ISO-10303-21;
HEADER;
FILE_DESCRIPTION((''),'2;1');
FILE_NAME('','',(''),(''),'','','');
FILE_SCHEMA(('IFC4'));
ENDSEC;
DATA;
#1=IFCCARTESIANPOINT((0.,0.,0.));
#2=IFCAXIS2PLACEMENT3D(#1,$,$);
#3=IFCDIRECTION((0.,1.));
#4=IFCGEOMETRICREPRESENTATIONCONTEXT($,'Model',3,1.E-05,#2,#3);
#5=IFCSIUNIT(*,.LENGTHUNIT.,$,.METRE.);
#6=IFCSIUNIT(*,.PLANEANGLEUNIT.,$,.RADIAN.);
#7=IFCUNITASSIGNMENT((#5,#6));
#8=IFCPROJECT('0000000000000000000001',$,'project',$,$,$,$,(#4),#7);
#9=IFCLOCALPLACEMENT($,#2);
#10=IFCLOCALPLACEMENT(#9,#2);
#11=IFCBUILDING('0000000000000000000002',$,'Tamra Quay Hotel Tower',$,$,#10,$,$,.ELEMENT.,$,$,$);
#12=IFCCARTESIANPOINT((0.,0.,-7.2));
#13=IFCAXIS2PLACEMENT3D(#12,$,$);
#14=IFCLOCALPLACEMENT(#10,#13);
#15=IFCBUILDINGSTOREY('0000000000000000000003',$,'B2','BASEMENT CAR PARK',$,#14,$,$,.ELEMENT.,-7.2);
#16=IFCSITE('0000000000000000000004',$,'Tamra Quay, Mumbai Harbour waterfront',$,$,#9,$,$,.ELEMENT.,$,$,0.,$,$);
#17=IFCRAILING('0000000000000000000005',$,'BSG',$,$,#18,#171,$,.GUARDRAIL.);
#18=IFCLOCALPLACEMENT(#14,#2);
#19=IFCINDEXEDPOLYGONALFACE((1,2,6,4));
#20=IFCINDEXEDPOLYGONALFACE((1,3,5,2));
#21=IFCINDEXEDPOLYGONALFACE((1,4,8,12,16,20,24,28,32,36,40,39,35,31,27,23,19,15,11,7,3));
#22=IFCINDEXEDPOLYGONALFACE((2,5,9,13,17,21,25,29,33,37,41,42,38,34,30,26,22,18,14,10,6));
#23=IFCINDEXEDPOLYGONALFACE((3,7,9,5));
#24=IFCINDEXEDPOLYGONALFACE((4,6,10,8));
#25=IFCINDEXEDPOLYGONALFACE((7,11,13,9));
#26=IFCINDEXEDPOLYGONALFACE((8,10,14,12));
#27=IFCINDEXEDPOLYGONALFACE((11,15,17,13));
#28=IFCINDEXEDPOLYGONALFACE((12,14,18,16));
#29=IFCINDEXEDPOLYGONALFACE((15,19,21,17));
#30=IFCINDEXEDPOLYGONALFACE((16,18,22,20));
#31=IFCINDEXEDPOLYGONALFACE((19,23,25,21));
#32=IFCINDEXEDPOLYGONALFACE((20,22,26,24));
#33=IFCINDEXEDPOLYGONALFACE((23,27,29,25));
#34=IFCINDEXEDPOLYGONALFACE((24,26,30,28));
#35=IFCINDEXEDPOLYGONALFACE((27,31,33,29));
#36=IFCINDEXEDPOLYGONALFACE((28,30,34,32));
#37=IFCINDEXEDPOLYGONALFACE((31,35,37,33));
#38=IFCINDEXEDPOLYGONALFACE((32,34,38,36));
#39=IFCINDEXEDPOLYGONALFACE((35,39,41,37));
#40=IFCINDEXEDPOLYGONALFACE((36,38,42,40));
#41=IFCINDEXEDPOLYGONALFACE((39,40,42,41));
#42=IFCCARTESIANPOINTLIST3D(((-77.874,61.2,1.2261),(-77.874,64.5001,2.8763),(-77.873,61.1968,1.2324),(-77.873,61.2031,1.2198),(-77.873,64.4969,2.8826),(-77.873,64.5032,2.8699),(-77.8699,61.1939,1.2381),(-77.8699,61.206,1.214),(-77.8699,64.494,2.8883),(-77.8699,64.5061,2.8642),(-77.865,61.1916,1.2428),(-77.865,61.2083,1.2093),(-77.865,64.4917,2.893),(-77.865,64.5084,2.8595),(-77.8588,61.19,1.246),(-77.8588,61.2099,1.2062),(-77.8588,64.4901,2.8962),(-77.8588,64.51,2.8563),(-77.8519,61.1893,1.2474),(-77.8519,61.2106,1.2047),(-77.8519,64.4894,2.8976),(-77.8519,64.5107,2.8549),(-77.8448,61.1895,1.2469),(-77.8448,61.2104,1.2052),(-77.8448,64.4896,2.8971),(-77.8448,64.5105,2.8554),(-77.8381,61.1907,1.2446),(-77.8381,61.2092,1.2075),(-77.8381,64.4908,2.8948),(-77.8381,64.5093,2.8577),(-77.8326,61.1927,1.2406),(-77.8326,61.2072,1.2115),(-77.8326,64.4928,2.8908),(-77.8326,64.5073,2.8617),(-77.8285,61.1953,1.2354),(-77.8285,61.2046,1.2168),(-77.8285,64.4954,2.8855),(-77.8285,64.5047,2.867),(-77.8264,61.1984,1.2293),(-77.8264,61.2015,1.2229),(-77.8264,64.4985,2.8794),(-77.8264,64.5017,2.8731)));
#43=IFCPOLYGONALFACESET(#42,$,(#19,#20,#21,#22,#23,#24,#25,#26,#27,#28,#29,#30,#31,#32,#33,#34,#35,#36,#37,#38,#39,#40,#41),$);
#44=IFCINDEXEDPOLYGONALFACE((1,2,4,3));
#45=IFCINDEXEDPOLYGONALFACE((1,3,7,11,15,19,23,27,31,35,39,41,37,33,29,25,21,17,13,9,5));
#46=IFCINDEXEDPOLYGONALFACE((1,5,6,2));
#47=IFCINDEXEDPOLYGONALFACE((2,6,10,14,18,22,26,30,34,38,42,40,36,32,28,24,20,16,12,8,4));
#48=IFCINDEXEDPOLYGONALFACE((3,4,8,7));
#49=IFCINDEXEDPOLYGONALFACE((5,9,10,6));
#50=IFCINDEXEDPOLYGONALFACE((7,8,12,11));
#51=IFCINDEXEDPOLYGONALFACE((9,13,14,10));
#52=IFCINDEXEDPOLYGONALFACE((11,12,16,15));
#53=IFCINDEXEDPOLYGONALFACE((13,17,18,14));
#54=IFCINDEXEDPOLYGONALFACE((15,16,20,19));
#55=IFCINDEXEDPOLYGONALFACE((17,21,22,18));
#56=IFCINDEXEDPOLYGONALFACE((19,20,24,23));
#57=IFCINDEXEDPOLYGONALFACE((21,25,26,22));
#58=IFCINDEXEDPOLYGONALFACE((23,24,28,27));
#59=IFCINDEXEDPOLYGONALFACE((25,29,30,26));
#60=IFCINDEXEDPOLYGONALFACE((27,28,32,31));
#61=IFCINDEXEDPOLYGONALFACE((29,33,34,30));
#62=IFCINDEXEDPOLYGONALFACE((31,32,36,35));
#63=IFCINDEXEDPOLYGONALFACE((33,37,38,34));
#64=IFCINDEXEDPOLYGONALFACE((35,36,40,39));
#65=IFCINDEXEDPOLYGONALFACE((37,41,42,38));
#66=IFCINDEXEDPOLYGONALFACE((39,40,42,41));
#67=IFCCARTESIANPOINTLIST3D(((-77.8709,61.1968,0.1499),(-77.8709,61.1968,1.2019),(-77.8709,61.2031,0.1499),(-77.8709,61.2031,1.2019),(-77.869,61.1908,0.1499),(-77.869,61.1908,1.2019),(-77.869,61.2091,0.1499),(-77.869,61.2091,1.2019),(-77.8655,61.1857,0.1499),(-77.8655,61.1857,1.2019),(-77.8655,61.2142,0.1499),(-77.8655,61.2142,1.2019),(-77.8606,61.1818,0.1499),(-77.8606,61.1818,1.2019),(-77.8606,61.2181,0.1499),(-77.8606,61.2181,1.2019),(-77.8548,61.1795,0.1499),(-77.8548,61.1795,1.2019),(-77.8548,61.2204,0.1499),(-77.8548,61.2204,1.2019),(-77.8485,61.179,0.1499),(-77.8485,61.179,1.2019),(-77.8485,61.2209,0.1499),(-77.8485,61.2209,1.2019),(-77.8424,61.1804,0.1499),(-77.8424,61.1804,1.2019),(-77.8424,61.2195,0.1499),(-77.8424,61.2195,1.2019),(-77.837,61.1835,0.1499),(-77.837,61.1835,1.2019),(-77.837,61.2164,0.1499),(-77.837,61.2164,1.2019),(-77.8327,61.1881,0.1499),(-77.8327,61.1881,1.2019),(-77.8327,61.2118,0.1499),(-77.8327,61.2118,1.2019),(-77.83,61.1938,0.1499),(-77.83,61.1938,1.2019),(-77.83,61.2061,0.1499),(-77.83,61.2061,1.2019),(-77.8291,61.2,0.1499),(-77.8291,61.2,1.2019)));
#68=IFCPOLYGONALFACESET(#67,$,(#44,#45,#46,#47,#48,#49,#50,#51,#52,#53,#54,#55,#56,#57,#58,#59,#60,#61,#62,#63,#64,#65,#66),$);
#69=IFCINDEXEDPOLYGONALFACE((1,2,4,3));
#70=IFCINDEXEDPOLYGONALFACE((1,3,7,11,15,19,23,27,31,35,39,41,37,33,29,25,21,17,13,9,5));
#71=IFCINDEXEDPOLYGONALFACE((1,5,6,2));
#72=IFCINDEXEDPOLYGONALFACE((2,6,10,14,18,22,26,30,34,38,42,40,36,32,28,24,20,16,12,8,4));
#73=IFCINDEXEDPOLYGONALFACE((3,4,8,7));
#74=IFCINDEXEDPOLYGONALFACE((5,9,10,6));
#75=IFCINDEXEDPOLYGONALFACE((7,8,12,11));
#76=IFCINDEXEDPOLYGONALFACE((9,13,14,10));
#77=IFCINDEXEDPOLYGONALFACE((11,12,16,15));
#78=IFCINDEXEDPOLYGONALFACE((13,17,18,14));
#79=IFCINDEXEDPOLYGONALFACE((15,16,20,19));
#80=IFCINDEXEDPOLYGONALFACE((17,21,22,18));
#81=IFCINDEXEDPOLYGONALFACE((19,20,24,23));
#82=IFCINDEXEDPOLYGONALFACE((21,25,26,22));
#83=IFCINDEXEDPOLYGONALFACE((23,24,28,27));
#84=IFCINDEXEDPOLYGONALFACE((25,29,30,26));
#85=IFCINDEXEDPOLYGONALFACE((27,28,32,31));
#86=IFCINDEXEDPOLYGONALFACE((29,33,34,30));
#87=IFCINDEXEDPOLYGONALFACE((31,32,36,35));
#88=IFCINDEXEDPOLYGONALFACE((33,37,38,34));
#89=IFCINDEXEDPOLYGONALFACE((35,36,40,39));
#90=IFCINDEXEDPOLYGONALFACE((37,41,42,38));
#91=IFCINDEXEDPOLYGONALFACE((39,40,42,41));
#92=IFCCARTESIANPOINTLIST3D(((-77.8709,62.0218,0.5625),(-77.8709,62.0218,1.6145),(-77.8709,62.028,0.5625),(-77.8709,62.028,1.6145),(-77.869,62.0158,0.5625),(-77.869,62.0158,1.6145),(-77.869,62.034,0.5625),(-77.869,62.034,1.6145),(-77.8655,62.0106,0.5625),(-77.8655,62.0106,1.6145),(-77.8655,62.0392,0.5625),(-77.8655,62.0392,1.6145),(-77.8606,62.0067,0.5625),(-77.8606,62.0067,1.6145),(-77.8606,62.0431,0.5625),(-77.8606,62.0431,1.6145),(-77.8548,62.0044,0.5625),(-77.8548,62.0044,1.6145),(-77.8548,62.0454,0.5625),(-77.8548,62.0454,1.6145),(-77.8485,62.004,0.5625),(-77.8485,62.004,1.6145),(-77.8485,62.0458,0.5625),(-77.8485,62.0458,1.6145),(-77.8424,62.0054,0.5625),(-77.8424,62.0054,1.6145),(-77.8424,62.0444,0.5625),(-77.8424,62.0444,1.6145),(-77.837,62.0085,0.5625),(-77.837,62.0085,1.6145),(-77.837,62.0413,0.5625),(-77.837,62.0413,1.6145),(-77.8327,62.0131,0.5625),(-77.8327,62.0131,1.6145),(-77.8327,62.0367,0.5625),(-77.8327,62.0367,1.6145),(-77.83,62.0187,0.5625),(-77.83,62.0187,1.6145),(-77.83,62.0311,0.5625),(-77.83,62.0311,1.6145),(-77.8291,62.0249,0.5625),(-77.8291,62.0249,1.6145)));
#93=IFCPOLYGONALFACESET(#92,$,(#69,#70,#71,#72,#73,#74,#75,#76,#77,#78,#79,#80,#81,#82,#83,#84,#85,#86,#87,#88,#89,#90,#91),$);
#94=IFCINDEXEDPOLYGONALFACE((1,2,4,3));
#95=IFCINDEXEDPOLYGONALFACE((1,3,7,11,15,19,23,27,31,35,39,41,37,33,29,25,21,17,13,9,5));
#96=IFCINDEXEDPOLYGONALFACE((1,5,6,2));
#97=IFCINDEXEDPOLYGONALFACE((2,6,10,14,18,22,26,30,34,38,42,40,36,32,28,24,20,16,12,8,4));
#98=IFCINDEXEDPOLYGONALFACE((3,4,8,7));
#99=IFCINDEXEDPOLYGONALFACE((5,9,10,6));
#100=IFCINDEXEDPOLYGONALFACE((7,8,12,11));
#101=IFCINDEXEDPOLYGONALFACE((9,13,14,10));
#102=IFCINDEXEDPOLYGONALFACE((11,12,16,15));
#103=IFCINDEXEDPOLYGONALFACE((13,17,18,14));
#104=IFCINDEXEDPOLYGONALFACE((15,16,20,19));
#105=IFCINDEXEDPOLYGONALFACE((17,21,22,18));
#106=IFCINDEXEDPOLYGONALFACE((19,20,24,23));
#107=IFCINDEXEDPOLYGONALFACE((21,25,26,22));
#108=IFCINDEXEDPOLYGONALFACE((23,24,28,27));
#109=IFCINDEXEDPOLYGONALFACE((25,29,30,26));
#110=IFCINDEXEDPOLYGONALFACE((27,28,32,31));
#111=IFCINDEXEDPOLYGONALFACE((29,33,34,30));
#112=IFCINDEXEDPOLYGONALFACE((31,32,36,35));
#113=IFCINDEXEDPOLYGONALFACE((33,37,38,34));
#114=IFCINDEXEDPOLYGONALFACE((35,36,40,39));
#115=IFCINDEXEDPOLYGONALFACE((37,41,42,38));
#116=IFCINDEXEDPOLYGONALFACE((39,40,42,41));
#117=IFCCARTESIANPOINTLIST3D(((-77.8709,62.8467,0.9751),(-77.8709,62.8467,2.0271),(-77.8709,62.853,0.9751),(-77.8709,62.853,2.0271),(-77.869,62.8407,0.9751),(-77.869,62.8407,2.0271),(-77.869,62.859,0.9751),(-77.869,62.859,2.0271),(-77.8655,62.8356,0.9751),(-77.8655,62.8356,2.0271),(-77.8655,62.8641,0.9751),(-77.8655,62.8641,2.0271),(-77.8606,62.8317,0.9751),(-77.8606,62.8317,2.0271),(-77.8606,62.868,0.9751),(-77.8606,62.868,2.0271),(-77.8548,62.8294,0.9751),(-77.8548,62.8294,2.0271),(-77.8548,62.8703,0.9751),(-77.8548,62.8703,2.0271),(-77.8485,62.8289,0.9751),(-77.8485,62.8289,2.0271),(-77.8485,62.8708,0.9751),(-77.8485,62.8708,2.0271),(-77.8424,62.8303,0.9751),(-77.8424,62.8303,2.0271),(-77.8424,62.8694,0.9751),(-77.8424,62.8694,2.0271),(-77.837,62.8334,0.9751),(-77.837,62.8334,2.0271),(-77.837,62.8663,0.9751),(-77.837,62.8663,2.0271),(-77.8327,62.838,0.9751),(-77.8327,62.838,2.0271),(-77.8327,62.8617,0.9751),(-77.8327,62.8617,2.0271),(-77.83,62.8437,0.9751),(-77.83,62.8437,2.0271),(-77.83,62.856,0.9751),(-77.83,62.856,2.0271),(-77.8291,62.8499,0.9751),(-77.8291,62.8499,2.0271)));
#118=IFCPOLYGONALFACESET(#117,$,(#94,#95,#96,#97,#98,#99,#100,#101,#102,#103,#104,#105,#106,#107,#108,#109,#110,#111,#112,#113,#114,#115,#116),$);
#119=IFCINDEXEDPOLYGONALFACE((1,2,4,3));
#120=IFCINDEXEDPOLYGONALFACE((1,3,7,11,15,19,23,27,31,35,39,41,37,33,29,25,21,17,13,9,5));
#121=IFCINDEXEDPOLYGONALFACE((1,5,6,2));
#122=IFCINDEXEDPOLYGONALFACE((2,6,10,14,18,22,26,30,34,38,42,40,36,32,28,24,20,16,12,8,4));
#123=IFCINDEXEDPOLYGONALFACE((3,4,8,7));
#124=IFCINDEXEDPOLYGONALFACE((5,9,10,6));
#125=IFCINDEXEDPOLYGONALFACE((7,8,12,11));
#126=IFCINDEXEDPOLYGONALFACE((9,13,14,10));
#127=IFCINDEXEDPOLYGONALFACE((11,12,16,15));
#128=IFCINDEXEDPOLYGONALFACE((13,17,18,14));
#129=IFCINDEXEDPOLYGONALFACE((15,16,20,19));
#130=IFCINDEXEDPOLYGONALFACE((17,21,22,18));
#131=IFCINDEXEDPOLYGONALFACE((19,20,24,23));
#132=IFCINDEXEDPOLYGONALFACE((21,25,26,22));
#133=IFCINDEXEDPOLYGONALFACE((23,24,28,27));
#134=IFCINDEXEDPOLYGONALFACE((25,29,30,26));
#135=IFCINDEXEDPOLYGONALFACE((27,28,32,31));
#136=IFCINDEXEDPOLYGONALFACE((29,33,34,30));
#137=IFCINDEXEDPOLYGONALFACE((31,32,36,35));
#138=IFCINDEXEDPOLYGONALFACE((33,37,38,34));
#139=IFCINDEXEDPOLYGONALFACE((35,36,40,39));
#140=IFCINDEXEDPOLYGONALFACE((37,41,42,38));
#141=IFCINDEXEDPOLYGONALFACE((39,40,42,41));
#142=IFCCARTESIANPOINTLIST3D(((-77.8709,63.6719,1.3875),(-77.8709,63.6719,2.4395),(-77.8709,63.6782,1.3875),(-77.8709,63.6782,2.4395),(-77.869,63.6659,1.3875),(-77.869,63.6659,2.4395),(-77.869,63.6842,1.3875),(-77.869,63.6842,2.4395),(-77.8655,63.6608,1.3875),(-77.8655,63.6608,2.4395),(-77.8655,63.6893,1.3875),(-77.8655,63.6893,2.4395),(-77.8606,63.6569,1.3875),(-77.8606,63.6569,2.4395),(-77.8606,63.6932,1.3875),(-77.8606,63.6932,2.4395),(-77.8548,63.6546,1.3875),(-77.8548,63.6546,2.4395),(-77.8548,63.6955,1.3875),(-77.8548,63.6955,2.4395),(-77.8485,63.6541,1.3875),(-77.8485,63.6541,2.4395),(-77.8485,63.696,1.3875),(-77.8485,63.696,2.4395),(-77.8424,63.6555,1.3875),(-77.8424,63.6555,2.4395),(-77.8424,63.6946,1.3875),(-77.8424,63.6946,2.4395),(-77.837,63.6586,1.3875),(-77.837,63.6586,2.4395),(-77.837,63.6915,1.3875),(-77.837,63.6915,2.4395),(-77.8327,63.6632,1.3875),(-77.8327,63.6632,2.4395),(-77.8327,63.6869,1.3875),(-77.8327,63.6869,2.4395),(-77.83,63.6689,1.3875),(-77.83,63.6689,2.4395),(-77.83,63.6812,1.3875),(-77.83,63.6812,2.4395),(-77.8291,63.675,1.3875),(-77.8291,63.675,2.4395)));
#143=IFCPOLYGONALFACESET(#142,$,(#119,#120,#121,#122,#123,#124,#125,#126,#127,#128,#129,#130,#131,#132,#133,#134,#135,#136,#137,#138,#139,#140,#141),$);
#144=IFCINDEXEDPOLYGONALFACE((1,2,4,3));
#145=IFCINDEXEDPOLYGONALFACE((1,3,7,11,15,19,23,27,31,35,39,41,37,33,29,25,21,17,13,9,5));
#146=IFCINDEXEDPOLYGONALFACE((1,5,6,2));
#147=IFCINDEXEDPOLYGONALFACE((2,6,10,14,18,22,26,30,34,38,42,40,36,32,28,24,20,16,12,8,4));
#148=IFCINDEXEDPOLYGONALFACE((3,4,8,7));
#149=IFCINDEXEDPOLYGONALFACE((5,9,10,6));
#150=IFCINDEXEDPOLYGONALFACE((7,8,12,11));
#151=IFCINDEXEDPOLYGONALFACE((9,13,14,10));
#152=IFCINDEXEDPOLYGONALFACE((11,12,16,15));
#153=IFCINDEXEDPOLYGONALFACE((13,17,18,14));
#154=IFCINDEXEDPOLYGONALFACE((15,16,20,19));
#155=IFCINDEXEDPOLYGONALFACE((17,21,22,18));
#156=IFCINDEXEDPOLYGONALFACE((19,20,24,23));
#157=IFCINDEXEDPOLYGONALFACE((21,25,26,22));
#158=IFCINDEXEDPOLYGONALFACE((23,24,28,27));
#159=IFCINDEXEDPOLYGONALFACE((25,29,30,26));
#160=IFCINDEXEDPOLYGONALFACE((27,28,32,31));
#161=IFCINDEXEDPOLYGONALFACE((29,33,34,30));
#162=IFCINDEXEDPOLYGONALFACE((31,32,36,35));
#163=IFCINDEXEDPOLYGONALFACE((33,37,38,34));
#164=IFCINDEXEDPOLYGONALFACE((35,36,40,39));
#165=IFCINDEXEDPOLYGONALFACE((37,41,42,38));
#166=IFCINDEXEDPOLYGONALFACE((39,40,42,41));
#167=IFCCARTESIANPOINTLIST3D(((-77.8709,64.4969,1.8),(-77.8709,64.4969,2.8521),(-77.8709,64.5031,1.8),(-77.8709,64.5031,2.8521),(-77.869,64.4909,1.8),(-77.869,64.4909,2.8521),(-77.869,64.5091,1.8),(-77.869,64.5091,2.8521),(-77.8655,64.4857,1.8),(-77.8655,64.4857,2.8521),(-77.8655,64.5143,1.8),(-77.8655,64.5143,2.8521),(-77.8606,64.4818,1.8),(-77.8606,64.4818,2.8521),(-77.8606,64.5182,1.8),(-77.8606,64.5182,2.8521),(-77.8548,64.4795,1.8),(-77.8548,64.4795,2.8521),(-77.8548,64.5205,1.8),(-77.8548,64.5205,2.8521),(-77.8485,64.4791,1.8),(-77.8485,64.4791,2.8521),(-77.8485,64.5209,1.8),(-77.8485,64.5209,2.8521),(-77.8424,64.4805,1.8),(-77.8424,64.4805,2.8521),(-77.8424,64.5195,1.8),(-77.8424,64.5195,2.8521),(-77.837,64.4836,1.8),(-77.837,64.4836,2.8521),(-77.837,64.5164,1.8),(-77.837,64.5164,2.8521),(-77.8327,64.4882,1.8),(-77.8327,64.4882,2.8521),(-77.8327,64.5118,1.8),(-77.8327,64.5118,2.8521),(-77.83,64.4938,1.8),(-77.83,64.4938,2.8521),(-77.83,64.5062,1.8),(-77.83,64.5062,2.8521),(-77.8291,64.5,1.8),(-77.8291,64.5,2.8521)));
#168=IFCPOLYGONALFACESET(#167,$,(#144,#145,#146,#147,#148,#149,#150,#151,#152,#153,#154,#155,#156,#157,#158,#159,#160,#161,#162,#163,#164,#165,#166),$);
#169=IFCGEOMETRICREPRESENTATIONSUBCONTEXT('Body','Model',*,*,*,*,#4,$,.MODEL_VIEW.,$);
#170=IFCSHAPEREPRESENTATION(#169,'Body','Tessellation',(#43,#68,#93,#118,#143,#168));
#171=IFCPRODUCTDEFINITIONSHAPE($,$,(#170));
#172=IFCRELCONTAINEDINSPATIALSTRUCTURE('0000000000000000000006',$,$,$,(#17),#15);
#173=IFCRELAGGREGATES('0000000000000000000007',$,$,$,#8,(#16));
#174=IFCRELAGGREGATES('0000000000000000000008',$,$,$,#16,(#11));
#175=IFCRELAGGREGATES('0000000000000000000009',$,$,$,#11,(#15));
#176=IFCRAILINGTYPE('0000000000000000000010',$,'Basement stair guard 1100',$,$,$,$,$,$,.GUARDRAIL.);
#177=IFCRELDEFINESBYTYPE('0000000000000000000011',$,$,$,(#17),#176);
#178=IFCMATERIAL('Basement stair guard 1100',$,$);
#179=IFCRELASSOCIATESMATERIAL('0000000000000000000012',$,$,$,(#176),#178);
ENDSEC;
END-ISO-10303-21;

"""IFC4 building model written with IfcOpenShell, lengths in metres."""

from ifc_helpers import new_model, si_unit, direction, frame, origin, origin_2d, place, context, subcontext, project, spatial, circle, extrude, material, type_object, element, save


model = new_model("IFC4")

# Units and contexts
model_context = context("Model", 3, precision=1e-05, world=origin(), true_north=direction((0.0, 1.0)))
body_context = subcontext(model_context, "Body", "Model", "MODEL_VIEW")
ifc_project = project(units=[si_unit("LENGTHUNIT", "METRE"), si_unit("PLANEANGLEUNIT", "RADIAN")], contexts=[model_context])

# Site, building, storey
site_placement = place(None, origin())
site = spatial("IfcSite", under=ifc_project, at=site_placement, Name="Tamra Quay, Mumbai Harbour waterfront", CompositionType="ELEMENT", RefElevation=0.0)
building_placement = place(site_placement, origin())
building = spatial("IfcBuilding", under=site, at=building_placement, Name="Tamra Quay Hotel Tower", CompositionType="ELEMENT")
storey_placement = place(building_placement, frame((0.0, 0.0, -7.2)))
storey = spatial("IfcBuildingStorey", under=building, at=storey_placement, Name="B2", Description="BASEMENT CAR PARK", CompositionType="ELEMENT", Elevation=-7.2)

# Railing
ifc_material_1 = material(Name="Basement stair guard 1100")
railing_type_1 = type_object("IfcRailingType", Name="Basement stair guard 1100", PredefinedType="GUARDRAIL", material=ifc_material_1)
railing_1_placement = place(storey_placement, frame((-77.8501, 61.2, 0.1499)))
element("IfcRailing", 1, at=railing_1_placement, inside=storey, type_object=railing_type_1, Name="BSG", PredefinedType="GUARDRAIL", context=body_context, shape_type="SweptSolid", body=[
    extrude(circle(Radius=0.0239, at=origin_2d()), frame((0.0, 0.0, 1.0762), z_axis=(0.0, 0.894414, 0.44724), x_axis=(-1.0, 0.0, 0.0)), (0.0, 0.0, 1.0), 3.6897),
    extrude(circle(Radius=0.021, at=origin_2d()), origin(), (0.0, 0.0, 1.0), 1.052),
    extrude(circle(Radius=0.021, at=origin_2d()), frame((0.0, 0.825, 0.4126)), (0.0, 0.0, 1.0), 1.052),
    extrude(circle(Radius=0.021, at=origin_2d()), frame((0.0, 1.6499, 0.8252)), (0.0, 0.0, 1.0), 1.052),
    extrude(circle(Radius=0.021, at=origin_2d()), frame((0.0, 2.4751, 1.2375)), (0.0, 0.0, 1.0), 1.052),
    extrude(circle(Radius=0.021, at=origin_2d()), frame((0.0, 3.3, 1.6501)), (0.0, 0.0, 1.0), 1.052),
])

save(model, "model.ifc")
